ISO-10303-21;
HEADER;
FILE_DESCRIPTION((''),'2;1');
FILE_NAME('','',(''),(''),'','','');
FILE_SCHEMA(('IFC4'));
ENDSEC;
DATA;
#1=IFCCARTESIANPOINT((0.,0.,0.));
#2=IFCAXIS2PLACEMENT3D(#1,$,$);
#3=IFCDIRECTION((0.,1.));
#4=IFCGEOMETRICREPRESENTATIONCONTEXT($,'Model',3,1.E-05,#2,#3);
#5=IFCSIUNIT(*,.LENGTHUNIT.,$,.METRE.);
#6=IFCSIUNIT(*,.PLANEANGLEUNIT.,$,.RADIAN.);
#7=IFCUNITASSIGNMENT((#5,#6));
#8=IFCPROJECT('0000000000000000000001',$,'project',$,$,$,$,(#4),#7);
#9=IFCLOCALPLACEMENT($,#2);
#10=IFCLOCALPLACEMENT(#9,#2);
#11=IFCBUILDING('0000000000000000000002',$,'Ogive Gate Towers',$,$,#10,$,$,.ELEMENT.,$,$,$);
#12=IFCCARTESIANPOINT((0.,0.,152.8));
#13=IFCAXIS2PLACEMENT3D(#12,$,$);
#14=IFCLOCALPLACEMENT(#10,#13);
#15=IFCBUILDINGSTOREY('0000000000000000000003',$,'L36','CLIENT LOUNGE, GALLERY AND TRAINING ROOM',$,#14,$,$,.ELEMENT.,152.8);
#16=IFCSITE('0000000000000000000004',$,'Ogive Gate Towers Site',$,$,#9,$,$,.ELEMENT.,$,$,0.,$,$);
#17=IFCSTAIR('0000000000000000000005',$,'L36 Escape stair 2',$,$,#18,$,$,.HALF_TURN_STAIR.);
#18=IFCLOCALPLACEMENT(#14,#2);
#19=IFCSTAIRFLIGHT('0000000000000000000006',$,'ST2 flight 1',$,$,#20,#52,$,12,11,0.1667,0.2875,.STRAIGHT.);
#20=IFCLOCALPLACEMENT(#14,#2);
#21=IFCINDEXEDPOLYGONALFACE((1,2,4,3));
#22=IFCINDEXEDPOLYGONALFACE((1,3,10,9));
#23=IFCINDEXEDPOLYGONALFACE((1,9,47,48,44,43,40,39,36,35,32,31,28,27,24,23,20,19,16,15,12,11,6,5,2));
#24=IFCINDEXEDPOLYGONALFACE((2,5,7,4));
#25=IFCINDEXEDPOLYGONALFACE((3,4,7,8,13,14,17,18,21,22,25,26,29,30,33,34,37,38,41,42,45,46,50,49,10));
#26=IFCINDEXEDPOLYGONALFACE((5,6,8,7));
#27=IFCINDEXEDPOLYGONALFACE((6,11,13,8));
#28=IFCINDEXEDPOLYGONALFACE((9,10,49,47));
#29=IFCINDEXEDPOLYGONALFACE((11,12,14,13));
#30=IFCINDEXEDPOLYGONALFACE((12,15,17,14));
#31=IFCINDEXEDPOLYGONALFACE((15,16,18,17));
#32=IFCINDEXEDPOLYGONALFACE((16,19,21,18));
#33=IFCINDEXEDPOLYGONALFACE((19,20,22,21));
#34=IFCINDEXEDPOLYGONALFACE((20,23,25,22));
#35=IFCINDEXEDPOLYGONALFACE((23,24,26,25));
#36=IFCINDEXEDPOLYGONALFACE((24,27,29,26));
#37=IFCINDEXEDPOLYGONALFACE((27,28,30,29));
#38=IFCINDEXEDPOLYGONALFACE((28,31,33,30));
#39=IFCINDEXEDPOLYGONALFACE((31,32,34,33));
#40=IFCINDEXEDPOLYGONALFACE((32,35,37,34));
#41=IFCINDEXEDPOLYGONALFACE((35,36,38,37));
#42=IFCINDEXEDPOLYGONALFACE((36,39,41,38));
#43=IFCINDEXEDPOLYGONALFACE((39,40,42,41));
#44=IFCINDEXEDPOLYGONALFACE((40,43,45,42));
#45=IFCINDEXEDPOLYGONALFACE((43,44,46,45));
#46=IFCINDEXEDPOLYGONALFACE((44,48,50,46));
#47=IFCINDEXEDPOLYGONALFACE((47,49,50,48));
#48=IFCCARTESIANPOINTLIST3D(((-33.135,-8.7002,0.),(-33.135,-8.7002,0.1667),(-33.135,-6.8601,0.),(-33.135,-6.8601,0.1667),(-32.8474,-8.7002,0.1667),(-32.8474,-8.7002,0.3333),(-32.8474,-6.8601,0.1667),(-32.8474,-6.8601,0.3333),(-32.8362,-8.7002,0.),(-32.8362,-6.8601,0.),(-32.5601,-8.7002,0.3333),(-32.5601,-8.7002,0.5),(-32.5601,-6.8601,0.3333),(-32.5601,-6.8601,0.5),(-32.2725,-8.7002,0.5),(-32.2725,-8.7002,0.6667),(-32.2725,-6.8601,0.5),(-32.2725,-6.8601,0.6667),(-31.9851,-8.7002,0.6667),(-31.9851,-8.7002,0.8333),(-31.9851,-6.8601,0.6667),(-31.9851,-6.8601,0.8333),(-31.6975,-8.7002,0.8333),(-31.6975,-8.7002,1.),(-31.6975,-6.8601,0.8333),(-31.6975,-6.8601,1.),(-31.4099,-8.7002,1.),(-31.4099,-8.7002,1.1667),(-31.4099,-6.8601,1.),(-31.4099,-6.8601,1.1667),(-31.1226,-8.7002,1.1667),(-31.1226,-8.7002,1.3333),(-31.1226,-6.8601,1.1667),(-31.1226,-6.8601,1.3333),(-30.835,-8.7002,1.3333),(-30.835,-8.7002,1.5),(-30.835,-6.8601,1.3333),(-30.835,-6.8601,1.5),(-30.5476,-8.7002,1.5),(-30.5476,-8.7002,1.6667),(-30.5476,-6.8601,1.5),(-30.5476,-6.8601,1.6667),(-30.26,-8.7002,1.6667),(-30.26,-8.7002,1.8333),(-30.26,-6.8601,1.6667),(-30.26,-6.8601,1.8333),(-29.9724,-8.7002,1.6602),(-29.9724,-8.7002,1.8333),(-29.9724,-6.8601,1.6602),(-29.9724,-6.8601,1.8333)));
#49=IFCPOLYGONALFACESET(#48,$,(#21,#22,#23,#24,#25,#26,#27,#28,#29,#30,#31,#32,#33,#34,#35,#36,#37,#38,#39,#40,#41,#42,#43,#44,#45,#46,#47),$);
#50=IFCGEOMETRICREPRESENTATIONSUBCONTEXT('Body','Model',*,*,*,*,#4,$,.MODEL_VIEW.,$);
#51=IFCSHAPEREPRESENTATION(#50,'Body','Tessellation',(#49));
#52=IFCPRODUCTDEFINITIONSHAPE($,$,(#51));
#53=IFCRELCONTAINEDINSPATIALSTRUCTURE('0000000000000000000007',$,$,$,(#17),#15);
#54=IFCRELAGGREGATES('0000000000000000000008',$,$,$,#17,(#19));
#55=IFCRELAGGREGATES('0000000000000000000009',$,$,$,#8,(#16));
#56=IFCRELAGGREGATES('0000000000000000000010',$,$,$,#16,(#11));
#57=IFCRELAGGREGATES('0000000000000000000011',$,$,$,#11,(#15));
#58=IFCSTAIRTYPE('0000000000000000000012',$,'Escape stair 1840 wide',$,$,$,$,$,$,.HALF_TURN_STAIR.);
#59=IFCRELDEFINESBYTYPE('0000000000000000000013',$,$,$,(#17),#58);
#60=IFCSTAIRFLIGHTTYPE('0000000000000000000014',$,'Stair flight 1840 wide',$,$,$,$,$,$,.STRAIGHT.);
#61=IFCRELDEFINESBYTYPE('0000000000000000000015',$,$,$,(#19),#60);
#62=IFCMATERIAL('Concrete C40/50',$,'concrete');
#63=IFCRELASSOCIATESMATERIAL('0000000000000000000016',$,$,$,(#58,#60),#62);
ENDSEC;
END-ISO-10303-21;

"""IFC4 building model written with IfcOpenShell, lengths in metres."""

from ifc_helpers import new_model, si_unit, direction, frame, origin, place, context, subcontext, project, spatial, polyline, outline, extrude, material, type_object, element, aggregate, save


model = new_model("IFC4")

# Units and contexts
model_context = context("Model", 3, precision=1e-05, world=origin(), true_north=direction((0.0, 1.0)))
body_context = subcontext(model_context, "Body", "Model", "MODEL_VIEW")
ifc_project = project(units=[si_unit("LENGTHUNIT", "METRE"), si_unit("PLANEANGLEUNIT", "RADIAN")], contexts=[model_context])

# Site, building, storey
site_placement = place(None, origin())
site = spatial("IfcSite", under=ifc_project, at=site_placement, Name="Ogive Gate Towers Site", CompositionType="ELEMENT", RefElevation=0.0)
building_placement = place(site_placement, origin())
building = spatial("IfcBuilding", under=site, at=building_placement, Name="Ogive Gate Towers", CompositionType="ELEMENT")
storey_placement = place(building_placement, frame((0.0, 0.0, 152.8)))
storey = spatial("IfcBuildingStorey", under=building, at=storey_placement, Name="L36", Description="CLIENT LOUNGE, GALLERY AND TRAINING ROOM", CompositionType="ELEMENT", Elevation=152.8)

# Stair, stair flight
ifc_material_1 = material(Name="Concrete C40/50", Category="concrete")
stair_type = type_object("IfcStairType", Name="Escape stair 1840 wide", PredefinedType="HALF_TURN_STAIR", material=ifc_material_1)
stair_placement = place(storey_placement, origin())
stair = element("IfcStair", 1, at=stair_placement, inside=storey, type_object=stair_type, Name="L36 Escape stair 2", PredefinedType="HALF_TURN_STAIR")
stair_flight_type = type_object("IfcStairFlightType", Name="Stair flight 1840 wide", PredefinedType="STRAIGHT", material=ifc_material_1)
stair_flight_placement = place(storey_placement, frame((-33.135, -7.78, 0.0), z_axis=(0.0, 0.0, 1.0), x_axis=(1.0, 0.0, 0.0)))
stair_flight = element("IfcStairFlight", 2, at=stair_flight_placement, type_object=stair_flight_type, Name="ST2 flight 1", NumberOfRisers=12, NumberOfTreads=11, PredefinedType="STRAIGHT", RiserHeight=0.1667, TreadLength=0.2875, context=body_context, shape_type="SweptSolid", body=[
    extrude(outline(polyline([(0.0, 0.0), (0.0, 0.1667), (0.2876, 0.1667), (0.2876, 0.3333), (0.575, 0.3333), (0.575, 0.5), (0.8625, 0.5), (0.8625, 0.6667), (1.1499, 0.6667), (1.1499, 0.8333), (1.4375, 0.8333), (1.4375, 1.0), (1.7251, 1.0), (1.7251, 1.1667), (2.0125, 1.1667), (2.0125, 1.3333), (2.3, 1.3333), (2.3, 1.5), (2.5874, 1.5), (2.5874, 1.6667), (2.875, 1.6667), (2.875, 1.8333), (3.1626, 1.8333), (3.1626, 2.0), (3.1626, 1.6602), (0.2988, 0.0), (0.0, 0.0)])), frame((0.0, 0.9199, 0.0), z_axis=(0.0, -1.0, 0.0), x_axis=(1.0, 0.0, 0.0)), (0.0, 0.0, 1.0), 1.8401),
])
aggregate(stair, [stair_flight])

save(model, "model.ifc")
